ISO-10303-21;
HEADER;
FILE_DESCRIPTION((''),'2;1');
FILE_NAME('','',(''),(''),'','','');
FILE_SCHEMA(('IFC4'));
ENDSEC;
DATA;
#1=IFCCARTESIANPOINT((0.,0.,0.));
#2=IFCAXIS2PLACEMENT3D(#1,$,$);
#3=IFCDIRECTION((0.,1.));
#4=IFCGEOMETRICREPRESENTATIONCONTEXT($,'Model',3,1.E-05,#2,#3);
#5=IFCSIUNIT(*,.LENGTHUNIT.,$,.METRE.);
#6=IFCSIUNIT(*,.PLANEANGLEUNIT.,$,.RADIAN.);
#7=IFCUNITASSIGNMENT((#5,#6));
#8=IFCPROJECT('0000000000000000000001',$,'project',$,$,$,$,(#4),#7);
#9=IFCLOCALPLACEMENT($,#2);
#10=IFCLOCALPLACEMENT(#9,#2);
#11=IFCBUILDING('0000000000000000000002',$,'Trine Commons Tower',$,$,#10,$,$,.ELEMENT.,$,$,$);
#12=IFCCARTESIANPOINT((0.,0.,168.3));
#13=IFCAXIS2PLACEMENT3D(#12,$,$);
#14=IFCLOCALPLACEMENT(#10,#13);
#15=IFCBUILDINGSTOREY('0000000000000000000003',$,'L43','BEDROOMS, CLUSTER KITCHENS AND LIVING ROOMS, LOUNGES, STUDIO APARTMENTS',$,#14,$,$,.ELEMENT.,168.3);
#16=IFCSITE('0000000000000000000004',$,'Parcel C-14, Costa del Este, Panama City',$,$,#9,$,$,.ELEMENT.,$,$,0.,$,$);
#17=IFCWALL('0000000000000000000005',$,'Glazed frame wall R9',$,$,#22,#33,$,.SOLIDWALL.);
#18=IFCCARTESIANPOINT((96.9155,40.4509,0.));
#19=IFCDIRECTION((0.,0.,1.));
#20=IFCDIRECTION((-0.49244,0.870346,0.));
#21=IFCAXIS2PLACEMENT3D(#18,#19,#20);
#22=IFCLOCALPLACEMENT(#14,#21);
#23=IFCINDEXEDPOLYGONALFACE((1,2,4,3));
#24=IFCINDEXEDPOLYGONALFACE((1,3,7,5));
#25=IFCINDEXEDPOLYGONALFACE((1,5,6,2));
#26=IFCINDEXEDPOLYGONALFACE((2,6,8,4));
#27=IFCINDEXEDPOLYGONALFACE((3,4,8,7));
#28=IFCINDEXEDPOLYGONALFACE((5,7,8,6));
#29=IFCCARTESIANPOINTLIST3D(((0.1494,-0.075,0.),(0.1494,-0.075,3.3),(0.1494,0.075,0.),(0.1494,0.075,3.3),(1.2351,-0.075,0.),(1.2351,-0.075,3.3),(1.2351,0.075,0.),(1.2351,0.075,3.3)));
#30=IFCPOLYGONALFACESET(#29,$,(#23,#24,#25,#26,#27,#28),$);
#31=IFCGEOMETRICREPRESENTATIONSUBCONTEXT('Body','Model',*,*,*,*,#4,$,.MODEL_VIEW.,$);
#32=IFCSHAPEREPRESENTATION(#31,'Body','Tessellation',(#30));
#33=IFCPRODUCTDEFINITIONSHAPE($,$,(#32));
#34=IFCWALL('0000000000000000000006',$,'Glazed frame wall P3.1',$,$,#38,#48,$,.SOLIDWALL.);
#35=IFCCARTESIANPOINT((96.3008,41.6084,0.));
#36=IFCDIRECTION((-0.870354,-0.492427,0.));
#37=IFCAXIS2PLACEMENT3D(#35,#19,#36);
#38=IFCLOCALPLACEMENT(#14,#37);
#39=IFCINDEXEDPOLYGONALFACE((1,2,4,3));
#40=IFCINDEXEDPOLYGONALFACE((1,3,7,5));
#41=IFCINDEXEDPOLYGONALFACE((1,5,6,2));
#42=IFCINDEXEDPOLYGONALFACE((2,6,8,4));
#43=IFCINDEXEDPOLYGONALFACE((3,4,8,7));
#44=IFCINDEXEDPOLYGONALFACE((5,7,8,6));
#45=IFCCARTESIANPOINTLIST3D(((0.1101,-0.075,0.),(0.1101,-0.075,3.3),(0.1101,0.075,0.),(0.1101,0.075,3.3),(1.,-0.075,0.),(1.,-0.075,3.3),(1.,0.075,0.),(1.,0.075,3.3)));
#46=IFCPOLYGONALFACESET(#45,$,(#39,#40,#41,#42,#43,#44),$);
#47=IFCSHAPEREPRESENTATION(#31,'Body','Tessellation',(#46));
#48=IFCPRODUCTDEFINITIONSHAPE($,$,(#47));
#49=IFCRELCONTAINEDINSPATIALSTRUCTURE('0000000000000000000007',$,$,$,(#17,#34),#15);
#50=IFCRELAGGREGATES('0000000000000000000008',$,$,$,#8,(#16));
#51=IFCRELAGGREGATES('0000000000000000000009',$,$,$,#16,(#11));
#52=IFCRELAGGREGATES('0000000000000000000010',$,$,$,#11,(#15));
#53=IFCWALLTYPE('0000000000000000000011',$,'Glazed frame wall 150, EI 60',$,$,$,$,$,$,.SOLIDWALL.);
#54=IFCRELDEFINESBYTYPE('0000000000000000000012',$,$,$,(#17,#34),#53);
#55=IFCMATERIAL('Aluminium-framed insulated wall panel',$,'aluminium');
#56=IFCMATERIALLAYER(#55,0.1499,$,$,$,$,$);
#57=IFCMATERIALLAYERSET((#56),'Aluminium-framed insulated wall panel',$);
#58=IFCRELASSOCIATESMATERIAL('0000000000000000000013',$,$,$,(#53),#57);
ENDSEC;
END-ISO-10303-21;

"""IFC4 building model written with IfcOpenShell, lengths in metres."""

from ifc_helpers import new_model, si_unit, direction, frame, origin, place, context, subcontext, project, spatial, polyline, outline, extrude, material, layer, layer_set, type_object, element, save


model = new_model("IFC4")

# Units and contexts
model_context = context("Model", 3, precision=1e-05, world=origin(), true_north=direction((0.0, 1.0)))
body_context = subcontext(model_context, "Body", "Model", "MODEL_VIEW")
ifc_project = project(units=[si_unit("LENGTHUNIT", "METRE"), si_unit("PLANEANGLEUNIT", "RADIAN")], contexts=[model_context])

# Site, building, storey
site_placement = place(None, origin())
site = spatial("IfcSite", under=ifc_project, at=site_placement, Name="Parcel C-14, Costa del Este, Panama City", CompositionType="ELEMENT", RefElevation=0.0)
building_placement = place(site_placement, origin())
building = spatial("IfcBuilding", under=site, at=building_placement, Name="Trine Commons Tower", CompositionType="ELEMENT")
storey_placement = place(building_placement, frame((0.0, 0.0, 168.3)))
storey = spatial("IfcBuildingStorey", under=building, at=storey_placement, Name="L43", Description="BEDROOMS, CLUSTER KITCHENS AND LIVING ROOMS, LOUNGES, STUDIO APARTMENTS", CompositionType="ELEMENT", Elevation=168.3)

# Walls
ifc_material_1 = material(Name="Aluminium-framed insulated wall panel", Category="aluminium")
ifc_layer_1 = layer(ifc_material_1, 0.1499)
ifc_layer_set_1 = layer_set([ifc_layer_1], Name="Aluminium-framed insulated wall panel")
wall_type_1 = type_object("IfcWallType", Name="Glazed frame wall 150, EI 60", PredefinedType="SOLIDWALL", material=ifc_layer_set_1)
wall_1_placement = place(storey_placement, frame((96.9155, 40.4509, 0.0), z_axis=(0.0, 0.0, 1.0), x_axis=(-0.49244, 0.870346, 0.0)))
element("IfcWall", 1, at=wall_1_placement, inside=storey, type_object=wall_type_1, Name="Glazed frame wall R9", PredefinedType="SOLIDWALL", context=body_context, shape_type="SweptSolid", body=[
    extrude(outline(polyline([(0.1494, 0.075), (0.1494, -0.075), (1.2351, -0.075), (1.2351, 0.075), (0.1494, 0.075)])), origin(), (0.0, 0.0, 1.0), 3.3),
])
wall_2_placement = place(storey_placement, frame((96.3008, 41.6084, 0.0), z_axis=(0.0, 0.0, 1.0), x_axis=(-0.870354, -0.492427, 0.0)))
element("IfcWall", 2, at=wall_2_placement, inside=storey, type_object=wall_type_1, Name="Glazed frame wall P3.1", PredefinedType="SOLIDWALL", context=body_context, shape_type="SweptSolid", body=[
    extrude(outline(polyline([(0.1101, -0.075), (1.0, -0.075), (1.0, 0.075), (0.1101, 0.075), (0.1101, -0.075)])), origin(), (0.0, 0.0, 1.0), 3.3),
])

save(model, "model.ifc")
